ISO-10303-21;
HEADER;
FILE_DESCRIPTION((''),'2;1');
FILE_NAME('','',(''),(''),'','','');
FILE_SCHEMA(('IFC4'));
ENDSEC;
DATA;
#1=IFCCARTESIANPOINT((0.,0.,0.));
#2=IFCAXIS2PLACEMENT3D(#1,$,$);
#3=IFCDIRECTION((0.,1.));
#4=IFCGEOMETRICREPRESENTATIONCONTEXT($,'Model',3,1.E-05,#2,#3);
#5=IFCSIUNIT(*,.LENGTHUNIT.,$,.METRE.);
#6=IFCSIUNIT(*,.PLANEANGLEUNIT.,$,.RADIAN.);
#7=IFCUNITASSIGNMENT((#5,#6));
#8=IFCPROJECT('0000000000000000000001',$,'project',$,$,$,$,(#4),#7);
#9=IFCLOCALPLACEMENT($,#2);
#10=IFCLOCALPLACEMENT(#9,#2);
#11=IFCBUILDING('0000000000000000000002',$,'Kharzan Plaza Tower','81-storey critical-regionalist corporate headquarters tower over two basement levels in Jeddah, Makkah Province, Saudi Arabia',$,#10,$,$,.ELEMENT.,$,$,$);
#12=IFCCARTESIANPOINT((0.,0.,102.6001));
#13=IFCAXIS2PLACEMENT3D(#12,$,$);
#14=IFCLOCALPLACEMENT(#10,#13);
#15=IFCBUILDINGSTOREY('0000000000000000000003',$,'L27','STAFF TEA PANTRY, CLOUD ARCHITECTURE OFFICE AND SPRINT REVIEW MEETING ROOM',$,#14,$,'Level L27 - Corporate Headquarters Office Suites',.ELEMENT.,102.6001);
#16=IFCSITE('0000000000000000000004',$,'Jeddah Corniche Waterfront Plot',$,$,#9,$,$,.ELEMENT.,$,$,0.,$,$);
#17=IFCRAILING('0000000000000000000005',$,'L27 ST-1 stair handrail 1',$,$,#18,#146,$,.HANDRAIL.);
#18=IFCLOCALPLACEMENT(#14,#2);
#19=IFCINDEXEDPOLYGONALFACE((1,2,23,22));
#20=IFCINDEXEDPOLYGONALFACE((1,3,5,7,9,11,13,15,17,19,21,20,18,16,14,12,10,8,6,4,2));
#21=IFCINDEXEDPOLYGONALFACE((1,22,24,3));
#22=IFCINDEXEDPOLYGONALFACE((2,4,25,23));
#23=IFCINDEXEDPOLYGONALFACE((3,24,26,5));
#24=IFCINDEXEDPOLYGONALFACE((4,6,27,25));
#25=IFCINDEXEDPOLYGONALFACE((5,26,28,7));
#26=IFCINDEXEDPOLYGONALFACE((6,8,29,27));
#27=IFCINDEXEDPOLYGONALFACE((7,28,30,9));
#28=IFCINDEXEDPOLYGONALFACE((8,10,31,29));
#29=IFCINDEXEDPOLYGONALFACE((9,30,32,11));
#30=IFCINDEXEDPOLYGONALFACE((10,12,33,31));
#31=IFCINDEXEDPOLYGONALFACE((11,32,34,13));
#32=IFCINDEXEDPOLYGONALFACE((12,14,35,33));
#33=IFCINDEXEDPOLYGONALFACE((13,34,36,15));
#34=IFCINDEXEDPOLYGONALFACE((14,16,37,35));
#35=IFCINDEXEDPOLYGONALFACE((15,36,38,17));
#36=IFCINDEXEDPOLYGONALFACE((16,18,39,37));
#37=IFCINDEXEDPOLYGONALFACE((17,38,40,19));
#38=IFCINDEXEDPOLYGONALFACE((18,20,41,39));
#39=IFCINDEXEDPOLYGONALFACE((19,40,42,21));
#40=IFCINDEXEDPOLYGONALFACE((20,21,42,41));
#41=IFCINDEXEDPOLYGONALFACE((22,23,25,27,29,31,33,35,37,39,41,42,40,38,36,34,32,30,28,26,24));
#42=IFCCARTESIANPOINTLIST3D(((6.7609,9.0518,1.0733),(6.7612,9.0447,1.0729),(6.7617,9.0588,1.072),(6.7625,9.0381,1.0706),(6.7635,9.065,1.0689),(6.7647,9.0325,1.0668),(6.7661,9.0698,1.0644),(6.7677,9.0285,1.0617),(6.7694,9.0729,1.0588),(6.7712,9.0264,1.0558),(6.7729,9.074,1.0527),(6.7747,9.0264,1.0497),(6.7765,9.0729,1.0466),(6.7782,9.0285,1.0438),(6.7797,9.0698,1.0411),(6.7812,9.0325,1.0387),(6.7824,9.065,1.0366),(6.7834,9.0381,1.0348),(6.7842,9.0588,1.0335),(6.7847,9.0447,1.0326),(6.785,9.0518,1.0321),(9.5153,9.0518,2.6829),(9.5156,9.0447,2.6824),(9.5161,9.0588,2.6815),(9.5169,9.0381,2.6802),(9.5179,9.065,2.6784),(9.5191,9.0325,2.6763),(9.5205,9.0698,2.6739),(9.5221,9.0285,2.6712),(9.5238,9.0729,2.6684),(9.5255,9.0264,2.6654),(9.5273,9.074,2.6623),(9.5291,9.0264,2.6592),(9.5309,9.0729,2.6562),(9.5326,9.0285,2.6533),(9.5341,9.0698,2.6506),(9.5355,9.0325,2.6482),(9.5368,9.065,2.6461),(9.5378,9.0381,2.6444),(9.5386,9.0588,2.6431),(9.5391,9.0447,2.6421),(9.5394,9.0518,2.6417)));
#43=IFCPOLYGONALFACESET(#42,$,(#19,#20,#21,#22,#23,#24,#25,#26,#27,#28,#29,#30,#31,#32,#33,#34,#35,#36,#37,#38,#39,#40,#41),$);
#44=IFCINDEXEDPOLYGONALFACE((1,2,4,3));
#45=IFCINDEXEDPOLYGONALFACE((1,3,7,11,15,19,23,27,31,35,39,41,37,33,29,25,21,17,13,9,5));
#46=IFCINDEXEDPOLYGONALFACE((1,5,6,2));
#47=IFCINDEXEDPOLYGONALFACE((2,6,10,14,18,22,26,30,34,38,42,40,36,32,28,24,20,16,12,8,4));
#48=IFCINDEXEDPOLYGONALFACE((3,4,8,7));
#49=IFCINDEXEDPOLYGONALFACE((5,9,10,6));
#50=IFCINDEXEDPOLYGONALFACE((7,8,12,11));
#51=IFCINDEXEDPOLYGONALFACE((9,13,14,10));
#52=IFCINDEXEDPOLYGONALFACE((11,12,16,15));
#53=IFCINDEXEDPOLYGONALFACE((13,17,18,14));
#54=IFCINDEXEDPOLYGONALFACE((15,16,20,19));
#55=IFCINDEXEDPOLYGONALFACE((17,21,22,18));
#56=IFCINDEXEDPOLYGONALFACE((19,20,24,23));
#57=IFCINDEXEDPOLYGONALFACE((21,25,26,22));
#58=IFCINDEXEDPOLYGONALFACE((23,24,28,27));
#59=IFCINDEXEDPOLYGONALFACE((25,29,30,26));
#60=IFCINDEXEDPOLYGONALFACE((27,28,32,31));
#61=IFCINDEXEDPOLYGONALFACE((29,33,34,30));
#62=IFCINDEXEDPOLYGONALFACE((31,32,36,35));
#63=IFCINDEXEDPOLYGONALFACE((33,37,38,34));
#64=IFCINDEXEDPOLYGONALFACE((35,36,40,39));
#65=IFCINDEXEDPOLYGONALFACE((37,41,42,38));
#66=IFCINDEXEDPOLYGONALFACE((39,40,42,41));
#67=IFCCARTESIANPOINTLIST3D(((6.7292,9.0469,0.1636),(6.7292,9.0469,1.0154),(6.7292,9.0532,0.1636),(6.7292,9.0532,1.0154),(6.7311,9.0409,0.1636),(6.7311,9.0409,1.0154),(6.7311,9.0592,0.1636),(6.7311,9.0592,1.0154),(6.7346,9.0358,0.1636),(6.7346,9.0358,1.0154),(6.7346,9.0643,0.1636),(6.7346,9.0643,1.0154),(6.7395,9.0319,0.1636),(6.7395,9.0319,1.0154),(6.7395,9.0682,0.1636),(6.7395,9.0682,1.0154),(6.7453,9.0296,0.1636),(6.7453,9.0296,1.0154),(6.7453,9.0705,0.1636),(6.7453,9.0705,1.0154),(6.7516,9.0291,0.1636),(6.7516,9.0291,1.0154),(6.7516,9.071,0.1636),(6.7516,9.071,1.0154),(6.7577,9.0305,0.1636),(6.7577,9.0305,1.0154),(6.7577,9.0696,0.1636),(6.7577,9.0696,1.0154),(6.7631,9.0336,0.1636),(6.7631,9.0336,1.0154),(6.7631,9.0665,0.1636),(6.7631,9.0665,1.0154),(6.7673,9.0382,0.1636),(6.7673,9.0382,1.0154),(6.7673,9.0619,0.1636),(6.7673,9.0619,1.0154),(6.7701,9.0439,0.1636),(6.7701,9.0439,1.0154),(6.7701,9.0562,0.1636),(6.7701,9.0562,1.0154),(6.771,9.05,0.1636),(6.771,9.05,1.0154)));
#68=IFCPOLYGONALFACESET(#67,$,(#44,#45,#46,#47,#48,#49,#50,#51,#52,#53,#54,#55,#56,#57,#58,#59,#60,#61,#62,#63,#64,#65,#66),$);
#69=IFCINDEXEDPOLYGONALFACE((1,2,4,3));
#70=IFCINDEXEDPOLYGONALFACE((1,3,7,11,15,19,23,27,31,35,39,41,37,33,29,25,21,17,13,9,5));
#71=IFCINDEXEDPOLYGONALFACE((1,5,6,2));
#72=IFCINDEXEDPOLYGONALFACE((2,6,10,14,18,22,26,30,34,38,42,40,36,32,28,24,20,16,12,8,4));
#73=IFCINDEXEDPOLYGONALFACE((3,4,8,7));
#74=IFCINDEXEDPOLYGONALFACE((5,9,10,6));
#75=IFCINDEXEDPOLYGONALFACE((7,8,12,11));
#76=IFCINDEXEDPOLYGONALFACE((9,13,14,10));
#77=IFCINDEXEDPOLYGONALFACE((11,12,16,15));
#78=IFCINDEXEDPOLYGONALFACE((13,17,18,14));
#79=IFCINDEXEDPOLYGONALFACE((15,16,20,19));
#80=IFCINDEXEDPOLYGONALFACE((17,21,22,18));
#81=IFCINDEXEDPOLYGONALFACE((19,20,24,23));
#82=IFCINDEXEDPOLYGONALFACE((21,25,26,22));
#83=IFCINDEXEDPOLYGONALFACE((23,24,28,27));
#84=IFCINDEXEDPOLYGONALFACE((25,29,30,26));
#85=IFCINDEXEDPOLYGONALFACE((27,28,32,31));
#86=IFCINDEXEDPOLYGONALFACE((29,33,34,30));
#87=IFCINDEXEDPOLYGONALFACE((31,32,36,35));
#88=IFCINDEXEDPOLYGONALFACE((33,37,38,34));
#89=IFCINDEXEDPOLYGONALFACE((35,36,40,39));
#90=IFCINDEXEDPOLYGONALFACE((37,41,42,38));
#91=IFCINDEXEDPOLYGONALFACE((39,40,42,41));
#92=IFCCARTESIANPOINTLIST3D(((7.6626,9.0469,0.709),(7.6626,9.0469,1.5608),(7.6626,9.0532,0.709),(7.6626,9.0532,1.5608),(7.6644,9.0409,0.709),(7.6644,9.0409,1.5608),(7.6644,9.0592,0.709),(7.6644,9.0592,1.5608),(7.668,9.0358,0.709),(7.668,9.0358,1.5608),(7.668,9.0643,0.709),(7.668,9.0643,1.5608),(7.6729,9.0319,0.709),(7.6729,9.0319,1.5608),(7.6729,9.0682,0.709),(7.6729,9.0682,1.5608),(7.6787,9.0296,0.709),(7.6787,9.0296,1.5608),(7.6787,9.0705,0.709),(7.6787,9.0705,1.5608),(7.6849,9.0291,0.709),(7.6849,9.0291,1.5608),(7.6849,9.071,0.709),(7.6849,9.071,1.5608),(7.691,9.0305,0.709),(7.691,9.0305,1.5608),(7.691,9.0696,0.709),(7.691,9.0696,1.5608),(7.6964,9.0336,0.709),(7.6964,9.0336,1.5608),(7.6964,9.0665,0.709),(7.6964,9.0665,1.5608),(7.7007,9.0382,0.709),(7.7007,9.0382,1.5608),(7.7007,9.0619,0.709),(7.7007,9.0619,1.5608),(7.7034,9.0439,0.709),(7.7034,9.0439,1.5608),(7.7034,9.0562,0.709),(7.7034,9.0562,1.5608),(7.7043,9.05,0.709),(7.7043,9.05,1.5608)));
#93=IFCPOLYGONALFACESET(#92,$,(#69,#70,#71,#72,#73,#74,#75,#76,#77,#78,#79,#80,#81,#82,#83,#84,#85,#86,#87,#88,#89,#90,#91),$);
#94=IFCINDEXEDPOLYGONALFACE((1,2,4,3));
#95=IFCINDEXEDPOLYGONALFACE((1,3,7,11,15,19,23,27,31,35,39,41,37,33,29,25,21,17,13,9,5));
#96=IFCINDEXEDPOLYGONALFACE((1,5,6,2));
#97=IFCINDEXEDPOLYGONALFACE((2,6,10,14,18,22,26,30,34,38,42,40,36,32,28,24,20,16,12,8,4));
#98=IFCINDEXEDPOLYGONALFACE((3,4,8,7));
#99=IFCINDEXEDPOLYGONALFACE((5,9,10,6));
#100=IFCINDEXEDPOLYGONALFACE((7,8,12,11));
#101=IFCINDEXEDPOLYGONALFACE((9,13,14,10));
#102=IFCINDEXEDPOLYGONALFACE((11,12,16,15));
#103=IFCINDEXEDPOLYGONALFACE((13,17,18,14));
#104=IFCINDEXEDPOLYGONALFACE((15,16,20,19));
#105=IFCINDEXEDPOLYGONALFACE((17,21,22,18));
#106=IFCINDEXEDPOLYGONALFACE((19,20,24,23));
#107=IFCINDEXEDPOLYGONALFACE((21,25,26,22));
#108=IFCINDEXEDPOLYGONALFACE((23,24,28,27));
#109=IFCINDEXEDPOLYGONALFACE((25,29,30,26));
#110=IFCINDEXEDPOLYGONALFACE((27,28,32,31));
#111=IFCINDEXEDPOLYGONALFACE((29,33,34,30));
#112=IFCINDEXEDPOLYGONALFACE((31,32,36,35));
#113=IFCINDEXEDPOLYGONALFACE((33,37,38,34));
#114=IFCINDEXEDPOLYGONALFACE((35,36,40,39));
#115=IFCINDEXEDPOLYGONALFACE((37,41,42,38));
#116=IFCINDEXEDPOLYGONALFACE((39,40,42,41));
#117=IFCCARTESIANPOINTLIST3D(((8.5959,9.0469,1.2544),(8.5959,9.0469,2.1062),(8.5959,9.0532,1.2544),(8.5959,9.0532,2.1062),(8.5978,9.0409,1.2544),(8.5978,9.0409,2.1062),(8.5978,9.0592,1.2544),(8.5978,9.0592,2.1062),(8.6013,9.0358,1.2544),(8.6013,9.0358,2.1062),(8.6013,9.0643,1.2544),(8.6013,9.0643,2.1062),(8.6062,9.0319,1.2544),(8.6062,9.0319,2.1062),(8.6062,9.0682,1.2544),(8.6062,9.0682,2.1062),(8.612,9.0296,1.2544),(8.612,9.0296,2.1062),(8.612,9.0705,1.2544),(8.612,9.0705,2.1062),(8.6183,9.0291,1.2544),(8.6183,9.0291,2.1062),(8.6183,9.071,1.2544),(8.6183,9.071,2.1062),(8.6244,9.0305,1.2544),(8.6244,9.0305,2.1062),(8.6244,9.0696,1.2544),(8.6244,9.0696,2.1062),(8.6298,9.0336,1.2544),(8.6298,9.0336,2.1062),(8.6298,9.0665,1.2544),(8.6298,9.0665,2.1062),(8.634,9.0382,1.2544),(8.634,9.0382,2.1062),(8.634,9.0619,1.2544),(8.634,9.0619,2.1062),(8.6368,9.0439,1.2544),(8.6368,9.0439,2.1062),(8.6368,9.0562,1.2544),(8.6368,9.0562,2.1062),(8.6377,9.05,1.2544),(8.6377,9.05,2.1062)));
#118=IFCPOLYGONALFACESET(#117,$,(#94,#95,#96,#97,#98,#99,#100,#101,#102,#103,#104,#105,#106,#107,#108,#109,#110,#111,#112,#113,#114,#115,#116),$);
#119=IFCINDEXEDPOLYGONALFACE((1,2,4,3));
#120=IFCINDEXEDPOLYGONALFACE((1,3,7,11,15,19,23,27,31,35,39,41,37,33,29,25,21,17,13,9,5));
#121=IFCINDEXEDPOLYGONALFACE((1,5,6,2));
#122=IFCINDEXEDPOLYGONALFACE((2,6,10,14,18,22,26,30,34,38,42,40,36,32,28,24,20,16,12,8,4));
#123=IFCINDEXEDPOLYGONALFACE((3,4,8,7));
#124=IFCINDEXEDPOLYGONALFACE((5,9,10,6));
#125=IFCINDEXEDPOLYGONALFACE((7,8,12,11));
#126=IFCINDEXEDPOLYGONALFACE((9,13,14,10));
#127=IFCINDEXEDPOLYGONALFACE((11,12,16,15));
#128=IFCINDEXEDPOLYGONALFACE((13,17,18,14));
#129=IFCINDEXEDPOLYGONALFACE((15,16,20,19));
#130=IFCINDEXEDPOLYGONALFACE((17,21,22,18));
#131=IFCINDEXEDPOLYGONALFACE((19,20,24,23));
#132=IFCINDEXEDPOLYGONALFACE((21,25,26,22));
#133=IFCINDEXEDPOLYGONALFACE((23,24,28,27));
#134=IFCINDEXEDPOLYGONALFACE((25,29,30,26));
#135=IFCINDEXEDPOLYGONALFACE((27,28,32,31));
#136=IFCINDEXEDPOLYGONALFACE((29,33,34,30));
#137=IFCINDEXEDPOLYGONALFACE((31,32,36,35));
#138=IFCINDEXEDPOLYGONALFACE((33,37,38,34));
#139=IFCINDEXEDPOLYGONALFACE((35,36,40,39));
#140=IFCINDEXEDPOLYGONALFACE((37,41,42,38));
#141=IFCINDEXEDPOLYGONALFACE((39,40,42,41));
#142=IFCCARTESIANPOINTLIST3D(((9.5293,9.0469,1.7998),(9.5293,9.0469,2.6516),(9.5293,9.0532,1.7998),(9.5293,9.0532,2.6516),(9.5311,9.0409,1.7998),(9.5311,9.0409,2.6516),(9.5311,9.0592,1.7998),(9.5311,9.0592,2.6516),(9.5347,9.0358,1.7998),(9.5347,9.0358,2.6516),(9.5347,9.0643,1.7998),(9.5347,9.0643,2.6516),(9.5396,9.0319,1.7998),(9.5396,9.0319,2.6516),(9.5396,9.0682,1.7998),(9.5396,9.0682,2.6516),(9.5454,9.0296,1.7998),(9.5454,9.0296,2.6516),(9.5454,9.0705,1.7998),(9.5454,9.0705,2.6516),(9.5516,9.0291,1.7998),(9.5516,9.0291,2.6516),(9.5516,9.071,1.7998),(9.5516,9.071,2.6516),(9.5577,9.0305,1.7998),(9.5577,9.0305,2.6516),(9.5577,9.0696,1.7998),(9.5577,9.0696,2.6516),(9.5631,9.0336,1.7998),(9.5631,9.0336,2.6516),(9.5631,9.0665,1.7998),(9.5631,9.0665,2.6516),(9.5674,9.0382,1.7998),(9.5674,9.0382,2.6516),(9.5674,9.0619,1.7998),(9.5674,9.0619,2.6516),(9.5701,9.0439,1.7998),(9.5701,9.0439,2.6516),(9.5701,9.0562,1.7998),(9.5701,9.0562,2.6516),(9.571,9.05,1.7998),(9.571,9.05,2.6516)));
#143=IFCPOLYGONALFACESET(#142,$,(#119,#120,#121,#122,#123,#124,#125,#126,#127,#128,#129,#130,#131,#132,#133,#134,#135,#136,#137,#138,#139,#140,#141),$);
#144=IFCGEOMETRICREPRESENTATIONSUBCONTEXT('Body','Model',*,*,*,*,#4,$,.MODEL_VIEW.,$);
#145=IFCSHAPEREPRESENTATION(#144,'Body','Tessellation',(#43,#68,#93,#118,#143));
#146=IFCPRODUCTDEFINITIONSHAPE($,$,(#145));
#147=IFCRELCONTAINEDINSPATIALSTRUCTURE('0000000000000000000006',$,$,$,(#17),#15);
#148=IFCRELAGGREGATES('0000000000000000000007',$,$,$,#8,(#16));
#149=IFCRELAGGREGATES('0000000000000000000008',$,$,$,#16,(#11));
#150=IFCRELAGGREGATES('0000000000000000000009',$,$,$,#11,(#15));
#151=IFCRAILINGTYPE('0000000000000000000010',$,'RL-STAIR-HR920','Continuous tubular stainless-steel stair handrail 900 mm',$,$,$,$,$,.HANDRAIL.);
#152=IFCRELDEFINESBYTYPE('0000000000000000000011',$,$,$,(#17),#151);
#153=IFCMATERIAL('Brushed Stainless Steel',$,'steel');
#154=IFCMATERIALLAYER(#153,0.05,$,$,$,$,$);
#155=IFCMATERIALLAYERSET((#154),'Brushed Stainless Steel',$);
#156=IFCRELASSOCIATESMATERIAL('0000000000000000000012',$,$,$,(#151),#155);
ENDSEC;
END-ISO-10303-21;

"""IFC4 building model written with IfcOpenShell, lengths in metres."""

from ifc_helpers import new_model, si_unit, direction, frame, origin, origin_2d, place, context, subcontext, project, spatial, circle, extrude, source, transform, mapped, material, layer, layer_set, type_object, element, save


model = new_model("IFC4")

# Units and contexts
model_context = context("Model", 3, precision=1e-05, world=origin(), true_north=direction((0.0, 1.0)))
body_context = subcontext(model_context, "Body", "Model", "MODEL_VIEW")
ifc_project = project(units=[si_unit("LENGTHUNIT", "METRE"), si_unit("PLANEANGLEUNIT", "RADIAN")], contexts=[model_context])

# Site, building, storey
site_placement = place(None, origin())
site = spatial("IfcSite", under=ifc_project, at=site_placement, Name="Jeddah Corniche Waterfront Plot", CompositionType="ELEMENT", RefElevation=0.0)
building_placement = place(site_placement, origin())
building = spatial("IfcBuilding", under=site, at=building_placement, Name="Kharzan Plaza Tower", Description="81-storey critical-regionalist corporate headquarters tower over two basement levels in Jeddah, Makkah Province, Saudi Arabia", CompositionType="ELEMENT")
storey_placement = place(building_placement, frame((0.0, 0.0, 102.6001)))
storey = spatial("IfcBuildingStorey", under=building, at=storey_placement, Name="L27", Description="STAFF TEA PANTRY, CLOUD ARCHITECTURE OFFICE AND SPRINT REVIEW MEETING ROOM", LongName="Level L27 - Corporate Headquarters Office Suites", CompositionType="ELEMENT", Elevation=102.6001)

# Railing
ifc_material_1 = material(Name="Brushed Stainless Steel", Category="steel")
ifc_layer_1 = layer(ifc_material_1, 0.05)
ifc_layer_set_1 = layer_set([ifc_layer_1], Name="Brushed Stainless Steel")
railing_type_1 = type_object("IfcRailingType", Name="RL-STAIR-HR920", Description="Continuous tubular stainless-steel stair handrail 900 mm", PredefinedType="HANDRAIL", material=ifc_layer_set_1)
shared_shape_1 = source(origin(), body_context, "Body", "SweptSolid", [
    extrude(circle(Radius=0.0239, at=origin_2d()), frame((0.0229, 0.0, 0.8892), z_axis=(0.863394, 0.0, 0.504531), x_axis=(0.0, 1.0, 0.0)), (0.0, 0.0, 1.0), 3.1902),
    extrude(circle(Radius=0.021, at=origin_2d()), origin(), (0.0, 0.0, 1.0), 0.8518),
    extrude(circle(Radius=0.021, at=origin_2d()), frame((0.9333, 0.0, 0.5454)), (0.0, 0.0, 1.0), 0.8518),
    extrude(circle(Radius=0.021, at=origin_2d()), frame((1.8667, 0.0, 1.0908)), (0.0, 0.0, 1.0), 0.8518),
    extrude(circle(Radius=0.021, at=origin_2d()), frame((2.8, 0.0, 1.6362)), (0.0, 0.0, 1.0), 0.8518),
])
railing_1_placement = place(storey_placement, frame((6.75, 9.05, 0.1636)))
element("IfcRailing", 1, at=railing_1_placement, inside=storey, type_object=railing_type_1, Name="L27 ST-1 stair handrail 1", PredefinedType="HANDRAIL", context=body_context, shape_type="MappedRepresentation", body=[
    mapped(shared_shape_1, transform((0.0, 0.0, 0.0), x_axis=(1.0, 0.0, 0.0), y_axis=(0.0, 1.0, 0.0), z_axis=(0.0, 0.0, 1.0))),
])

save(model, "model.ifc")
